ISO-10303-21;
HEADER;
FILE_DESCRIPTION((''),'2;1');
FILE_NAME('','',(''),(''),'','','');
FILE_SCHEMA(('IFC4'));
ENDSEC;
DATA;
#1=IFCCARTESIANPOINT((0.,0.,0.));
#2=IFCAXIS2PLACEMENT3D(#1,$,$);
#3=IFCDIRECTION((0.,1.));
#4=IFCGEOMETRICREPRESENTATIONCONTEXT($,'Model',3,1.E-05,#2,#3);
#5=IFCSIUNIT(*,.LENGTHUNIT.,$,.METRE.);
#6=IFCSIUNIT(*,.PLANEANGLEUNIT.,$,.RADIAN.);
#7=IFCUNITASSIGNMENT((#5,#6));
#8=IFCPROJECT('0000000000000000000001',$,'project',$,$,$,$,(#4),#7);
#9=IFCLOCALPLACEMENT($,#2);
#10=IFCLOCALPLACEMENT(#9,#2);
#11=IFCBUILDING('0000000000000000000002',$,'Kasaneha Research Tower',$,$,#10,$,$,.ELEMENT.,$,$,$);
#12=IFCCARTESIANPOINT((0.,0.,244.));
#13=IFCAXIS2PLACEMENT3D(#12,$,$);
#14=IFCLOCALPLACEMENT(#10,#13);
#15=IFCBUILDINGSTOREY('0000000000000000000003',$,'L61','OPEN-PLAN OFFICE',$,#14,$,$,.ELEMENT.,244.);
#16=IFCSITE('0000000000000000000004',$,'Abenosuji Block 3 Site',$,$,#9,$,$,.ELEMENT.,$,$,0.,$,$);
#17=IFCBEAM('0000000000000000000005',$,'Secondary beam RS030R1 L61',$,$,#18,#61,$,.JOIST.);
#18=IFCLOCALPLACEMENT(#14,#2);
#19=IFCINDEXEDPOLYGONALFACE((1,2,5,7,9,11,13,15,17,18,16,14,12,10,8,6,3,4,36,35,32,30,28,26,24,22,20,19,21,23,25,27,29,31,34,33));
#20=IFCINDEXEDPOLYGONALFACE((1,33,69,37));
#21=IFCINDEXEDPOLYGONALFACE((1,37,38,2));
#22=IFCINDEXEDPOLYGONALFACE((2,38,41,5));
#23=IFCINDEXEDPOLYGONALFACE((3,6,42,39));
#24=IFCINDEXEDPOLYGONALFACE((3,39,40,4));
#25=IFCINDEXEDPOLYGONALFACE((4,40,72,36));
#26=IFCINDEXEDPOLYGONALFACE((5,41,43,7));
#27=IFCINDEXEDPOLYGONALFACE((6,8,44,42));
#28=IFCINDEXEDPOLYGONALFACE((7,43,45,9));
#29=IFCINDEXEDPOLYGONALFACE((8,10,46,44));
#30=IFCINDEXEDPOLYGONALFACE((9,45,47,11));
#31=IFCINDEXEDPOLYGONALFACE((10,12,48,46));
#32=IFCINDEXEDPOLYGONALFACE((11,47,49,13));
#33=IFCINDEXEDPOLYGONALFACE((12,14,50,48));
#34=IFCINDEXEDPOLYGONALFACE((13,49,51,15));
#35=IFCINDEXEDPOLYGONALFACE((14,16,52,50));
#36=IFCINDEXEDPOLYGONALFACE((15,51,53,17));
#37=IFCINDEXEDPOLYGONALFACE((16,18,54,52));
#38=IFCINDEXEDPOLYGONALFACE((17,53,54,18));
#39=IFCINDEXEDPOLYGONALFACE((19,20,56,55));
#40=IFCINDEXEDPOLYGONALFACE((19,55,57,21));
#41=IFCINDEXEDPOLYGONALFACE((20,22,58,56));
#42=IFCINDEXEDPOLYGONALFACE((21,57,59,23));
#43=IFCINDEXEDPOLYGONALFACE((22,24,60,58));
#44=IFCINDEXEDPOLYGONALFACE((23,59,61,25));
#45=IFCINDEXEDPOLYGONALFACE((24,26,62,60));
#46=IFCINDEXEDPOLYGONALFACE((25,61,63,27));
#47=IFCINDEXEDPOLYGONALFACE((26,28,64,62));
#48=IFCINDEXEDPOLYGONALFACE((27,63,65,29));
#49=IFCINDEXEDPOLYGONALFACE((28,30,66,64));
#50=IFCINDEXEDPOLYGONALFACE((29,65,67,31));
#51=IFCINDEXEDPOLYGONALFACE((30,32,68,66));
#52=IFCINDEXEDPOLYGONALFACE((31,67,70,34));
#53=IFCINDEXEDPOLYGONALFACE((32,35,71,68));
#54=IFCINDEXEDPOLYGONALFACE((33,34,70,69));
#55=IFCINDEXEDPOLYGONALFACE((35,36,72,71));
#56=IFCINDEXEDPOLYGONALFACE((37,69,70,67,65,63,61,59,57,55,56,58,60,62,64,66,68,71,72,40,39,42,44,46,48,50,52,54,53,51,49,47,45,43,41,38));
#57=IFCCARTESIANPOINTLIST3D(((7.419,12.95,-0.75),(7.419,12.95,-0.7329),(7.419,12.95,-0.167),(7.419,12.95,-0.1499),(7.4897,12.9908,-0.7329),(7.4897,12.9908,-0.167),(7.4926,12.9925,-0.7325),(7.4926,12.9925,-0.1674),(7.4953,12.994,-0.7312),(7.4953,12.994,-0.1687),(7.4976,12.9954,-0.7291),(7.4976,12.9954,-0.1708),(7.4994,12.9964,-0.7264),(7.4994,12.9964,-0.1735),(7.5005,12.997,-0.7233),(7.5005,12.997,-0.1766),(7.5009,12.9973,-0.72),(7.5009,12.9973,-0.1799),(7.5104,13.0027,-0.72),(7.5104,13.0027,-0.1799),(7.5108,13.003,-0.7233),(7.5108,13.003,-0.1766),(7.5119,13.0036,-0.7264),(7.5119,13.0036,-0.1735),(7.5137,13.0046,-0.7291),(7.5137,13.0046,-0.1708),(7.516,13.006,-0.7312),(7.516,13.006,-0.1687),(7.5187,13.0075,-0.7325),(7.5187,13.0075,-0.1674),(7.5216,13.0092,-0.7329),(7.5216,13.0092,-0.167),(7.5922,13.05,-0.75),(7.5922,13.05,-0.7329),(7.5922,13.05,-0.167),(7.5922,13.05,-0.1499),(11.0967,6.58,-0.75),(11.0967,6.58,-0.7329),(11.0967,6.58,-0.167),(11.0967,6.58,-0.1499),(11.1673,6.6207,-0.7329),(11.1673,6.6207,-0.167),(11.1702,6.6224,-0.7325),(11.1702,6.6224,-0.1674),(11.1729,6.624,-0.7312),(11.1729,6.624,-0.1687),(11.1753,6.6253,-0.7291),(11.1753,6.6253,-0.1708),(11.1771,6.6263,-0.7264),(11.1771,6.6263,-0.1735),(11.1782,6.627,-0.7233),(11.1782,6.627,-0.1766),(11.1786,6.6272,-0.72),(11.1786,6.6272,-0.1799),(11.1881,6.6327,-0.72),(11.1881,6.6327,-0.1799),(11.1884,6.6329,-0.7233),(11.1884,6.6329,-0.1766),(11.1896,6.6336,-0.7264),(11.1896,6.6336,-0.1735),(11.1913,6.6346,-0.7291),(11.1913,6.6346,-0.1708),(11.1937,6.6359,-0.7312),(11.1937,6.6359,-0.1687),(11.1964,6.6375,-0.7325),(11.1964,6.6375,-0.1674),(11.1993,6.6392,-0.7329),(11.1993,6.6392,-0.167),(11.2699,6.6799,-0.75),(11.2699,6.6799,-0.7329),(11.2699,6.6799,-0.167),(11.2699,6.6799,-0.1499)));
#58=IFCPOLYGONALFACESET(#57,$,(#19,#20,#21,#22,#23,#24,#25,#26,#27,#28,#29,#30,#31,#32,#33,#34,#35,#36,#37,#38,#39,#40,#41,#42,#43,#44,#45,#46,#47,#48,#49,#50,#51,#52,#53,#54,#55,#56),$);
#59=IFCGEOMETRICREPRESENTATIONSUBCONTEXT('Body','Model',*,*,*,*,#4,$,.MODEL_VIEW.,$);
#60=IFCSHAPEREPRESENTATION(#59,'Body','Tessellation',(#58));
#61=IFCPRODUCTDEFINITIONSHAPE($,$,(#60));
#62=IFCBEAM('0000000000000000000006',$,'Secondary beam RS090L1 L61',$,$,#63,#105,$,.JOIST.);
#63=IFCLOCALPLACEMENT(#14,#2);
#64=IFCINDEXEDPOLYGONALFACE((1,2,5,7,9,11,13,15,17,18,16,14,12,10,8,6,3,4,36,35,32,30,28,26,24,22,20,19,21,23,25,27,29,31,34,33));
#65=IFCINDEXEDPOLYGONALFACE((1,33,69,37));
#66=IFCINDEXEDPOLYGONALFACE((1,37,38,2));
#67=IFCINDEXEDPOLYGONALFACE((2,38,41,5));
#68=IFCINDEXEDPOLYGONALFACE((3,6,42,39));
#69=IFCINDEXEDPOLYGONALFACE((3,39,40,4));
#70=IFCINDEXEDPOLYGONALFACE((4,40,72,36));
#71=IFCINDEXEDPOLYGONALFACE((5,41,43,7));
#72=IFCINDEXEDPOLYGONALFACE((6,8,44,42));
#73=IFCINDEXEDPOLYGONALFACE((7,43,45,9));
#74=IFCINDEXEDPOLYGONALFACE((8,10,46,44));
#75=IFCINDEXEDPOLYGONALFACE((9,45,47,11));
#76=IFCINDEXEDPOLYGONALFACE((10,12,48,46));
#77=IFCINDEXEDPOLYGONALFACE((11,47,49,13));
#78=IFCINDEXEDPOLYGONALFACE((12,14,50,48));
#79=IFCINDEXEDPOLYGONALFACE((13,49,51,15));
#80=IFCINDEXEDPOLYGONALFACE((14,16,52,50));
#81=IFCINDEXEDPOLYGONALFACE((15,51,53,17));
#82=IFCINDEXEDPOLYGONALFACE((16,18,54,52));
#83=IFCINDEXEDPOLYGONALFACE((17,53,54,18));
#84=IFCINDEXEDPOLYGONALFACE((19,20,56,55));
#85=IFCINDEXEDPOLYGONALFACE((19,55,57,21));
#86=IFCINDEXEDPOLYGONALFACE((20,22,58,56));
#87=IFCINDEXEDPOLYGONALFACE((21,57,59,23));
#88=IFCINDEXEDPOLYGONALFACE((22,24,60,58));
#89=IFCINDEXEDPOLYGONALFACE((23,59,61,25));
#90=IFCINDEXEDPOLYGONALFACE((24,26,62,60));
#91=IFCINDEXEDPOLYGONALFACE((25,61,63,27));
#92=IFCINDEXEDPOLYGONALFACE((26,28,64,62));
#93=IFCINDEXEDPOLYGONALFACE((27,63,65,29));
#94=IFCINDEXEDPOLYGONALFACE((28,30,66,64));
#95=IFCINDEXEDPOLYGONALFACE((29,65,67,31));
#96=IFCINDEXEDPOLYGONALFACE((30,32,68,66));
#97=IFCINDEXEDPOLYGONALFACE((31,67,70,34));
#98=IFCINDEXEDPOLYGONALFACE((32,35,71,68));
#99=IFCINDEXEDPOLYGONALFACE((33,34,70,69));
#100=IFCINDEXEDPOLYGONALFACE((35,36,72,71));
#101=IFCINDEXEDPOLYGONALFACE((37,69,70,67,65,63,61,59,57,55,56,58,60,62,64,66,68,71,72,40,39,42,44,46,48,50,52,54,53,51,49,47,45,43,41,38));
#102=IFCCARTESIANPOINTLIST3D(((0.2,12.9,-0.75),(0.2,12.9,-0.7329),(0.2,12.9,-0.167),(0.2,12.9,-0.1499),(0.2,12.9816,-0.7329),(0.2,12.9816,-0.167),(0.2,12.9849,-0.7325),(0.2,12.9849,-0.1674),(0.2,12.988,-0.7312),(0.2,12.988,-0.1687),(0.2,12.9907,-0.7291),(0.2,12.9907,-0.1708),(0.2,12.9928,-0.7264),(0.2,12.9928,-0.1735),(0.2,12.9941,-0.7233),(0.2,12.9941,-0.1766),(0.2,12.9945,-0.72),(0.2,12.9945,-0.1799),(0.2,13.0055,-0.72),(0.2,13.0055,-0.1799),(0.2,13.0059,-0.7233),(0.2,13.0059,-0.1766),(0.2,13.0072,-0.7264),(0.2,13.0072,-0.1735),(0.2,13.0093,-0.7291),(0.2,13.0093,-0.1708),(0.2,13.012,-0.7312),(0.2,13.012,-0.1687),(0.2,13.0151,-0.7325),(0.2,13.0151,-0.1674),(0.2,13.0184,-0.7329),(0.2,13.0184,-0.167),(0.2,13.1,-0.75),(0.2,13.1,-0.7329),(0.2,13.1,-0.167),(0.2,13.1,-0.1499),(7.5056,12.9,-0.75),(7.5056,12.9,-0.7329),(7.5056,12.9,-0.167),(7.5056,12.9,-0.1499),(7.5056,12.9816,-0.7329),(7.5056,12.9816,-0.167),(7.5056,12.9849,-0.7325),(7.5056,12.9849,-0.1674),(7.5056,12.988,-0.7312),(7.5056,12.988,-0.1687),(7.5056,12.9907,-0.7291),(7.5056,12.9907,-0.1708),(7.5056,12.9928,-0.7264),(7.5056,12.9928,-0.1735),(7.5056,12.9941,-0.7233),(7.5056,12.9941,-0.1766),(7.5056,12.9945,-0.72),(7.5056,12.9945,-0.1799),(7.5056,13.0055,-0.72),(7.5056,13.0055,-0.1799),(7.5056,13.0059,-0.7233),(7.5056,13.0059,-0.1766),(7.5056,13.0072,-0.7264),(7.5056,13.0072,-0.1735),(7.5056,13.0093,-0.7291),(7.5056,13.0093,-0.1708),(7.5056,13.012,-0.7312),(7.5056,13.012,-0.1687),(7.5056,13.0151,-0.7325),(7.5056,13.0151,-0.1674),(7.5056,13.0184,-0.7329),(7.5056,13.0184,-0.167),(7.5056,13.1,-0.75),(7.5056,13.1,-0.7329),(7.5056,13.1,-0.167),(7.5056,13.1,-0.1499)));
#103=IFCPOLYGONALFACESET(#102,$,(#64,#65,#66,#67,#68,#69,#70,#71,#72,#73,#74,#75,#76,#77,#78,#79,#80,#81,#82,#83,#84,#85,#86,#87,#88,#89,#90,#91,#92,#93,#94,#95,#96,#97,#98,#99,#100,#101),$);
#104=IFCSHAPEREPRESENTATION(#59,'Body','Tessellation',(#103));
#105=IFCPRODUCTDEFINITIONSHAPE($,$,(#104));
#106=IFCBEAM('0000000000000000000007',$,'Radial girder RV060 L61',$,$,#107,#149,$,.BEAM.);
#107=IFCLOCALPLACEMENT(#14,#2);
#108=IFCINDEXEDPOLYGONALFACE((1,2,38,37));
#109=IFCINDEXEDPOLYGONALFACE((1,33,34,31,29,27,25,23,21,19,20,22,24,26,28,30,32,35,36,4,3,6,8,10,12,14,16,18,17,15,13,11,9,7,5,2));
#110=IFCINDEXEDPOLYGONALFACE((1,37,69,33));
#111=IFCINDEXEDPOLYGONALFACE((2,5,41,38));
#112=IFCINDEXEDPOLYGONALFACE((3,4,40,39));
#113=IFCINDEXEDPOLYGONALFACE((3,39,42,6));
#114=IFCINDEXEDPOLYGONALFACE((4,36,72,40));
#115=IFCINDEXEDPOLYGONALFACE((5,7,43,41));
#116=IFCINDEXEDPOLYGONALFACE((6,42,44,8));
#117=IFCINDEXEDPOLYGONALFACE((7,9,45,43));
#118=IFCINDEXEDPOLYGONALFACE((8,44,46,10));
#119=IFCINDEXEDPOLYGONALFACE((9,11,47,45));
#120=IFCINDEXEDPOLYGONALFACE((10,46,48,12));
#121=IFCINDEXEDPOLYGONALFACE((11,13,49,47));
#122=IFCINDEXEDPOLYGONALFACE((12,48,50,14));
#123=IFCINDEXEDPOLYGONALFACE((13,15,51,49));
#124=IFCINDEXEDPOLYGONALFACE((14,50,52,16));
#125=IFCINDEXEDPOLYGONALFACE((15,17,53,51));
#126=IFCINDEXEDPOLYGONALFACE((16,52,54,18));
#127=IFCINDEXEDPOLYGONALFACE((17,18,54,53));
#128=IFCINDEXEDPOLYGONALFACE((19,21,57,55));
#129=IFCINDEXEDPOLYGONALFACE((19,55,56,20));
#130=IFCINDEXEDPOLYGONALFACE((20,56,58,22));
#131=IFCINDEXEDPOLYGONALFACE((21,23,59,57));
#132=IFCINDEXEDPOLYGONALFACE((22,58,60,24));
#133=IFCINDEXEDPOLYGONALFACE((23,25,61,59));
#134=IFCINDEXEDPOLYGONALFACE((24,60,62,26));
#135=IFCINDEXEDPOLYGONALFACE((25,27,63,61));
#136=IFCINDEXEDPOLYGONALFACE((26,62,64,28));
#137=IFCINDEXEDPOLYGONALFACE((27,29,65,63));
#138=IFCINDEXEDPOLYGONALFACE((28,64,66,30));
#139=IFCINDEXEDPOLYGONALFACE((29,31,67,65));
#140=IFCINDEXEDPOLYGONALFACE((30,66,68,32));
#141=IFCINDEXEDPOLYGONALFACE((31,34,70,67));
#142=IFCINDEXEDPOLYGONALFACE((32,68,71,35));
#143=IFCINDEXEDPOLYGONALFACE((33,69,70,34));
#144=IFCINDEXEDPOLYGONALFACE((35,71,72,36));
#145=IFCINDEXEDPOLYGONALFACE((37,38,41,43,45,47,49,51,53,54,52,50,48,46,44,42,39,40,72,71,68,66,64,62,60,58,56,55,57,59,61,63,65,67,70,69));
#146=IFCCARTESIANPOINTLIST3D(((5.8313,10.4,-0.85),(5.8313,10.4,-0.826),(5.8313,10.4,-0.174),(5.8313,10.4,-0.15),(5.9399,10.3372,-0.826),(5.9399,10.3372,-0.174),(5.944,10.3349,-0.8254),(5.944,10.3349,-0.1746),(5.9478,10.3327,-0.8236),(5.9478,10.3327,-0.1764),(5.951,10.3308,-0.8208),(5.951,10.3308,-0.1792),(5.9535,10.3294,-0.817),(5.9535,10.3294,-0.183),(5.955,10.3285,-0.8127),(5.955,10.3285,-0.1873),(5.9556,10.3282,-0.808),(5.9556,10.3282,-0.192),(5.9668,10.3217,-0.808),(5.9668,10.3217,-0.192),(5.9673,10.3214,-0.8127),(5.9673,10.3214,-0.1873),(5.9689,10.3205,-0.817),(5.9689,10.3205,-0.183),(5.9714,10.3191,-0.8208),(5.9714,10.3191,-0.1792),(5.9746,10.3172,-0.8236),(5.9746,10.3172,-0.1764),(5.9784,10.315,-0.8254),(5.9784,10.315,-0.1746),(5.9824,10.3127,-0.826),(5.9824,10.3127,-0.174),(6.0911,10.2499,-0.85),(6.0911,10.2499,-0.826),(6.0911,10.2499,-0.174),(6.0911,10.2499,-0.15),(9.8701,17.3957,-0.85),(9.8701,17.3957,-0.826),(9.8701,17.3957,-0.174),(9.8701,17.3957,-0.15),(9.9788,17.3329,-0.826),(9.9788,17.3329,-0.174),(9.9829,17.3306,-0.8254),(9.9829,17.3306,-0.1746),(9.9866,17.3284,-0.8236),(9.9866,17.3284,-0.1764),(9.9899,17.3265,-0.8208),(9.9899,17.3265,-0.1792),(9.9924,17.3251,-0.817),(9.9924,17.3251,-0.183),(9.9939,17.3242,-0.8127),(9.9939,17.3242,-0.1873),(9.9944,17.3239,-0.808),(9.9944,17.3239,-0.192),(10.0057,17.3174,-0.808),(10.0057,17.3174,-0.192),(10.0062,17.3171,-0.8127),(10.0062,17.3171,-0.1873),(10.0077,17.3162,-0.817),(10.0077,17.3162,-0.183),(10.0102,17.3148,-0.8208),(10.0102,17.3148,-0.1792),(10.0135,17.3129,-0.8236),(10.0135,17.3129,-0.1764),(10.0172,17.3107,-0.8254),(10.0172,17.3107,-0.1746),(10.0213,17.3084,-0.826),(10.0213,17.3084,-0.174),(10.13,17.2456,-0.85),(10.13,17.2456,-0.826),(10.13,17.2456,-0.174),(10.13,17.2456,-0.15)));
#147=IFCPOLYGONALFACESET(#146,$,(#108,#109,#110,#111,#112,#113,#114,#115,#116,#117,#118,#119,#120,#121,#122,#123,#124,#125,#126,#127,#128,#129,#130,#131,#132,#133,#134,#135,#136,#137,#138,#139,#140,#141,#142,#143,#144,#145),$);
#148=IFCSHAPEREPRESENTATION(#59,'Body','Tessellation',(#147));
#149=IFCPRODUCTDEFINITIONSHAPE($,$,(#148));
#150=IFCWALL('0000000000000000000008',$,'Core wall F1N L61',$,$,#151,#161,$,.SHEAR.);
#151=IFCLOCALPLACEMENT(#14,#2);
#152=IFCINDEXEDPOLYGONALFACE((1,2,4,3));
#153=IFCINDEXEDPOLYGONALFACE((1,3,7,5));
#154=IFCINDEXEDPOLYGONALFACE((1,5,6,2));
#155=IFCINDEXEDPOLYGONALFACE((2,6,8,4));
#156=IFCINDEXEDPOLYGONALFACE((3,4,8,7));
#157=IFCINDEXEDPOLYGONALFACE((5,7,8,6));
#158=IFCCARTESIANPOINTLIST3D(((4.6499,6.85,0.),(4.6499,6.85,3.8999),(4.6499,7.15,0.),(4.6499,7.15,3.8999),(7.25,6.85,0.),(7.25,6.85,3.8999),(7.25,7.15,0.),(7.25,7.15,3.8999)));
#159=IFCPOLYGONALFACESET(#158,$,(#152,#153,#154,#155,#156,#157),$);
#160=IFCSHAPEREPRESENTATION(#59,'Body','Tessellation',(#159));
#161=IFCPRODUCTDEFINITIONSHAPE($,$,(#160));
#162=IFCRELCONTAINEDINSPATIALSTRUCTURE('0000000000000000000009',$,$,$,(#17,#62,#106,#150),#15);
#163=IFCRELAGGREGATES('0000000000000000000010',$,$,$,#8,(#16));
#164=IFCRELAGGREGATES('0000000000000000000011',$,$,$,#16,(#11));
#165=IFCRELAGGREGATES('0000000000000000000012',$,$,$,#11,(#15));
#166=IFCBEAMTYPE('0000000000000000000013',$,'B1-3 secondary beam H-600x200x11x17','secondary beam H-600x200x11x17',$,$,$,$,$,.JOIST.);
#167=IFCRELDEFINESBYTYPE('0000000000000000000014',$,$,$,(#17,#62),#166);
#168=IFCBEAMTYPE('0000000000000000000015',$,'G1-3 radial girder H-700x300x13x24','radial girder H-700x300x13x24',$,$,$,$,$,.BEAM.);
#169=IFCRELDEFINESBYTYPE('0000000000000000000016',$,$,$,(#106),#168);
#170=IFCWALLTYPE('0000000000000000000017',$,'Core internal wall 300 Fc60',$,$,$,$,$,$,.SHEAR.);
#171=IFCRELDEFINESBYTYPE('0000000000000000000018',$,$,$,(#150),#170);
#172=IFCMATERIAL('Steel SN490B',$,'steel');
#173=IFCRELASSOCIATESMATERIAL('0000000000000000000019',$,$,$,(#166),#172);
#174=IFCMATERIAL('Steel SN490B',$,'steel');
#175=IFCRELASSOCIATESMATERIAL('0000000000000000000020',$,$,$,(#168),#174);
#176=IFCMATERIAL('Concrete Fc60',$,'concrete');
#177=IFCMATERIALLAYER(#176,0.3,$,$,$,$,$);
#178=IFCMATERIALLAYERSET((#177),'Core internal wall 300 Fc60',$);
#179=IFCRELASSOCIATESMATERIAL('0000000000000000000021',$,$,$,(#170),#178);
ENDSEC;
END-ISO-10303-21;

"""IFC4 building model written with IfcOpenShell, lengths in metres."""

from ifc_helpers import new_model, si_unit, direction, frame, frame_2d, origin, origin_2d, place, context, subcontext, project, spatial, rectangle, i_section, extrude, material, layer, layer_set, material_profile, profile_set, type_object, element, save


model = new_model("IFC4")

# Units and contexts
model_context = context("Model", 3, precision=1e-05, world=origin(), true_north=direction((0.0, 1.0)))
body_context = subcontext(model_context, "Body", "Model", "MODEL_VIEW")
ifc_project = project(units=[si_unit("LENGTHUNIT", "METRE"), si_unit("PLANEANGLEUNIT", "RADIAN")], contexts=[model_context])

# Site, building, storey
site_placement = place(None, origin())
site = spatial("IfcSite", under=ifc_project, at=site_placement, Name="Abenosuji Block 3 Site", CompositionType="ELEMENT", RefElevation=0.0)
building_placement = place(site_placement, origin())
building = spatial("IfcBuilding", under=site, at=building_placement, Name="Kasaneha Research Tower", CompositionType="ELEMENT")
storey_placement = place(building_placement, frame((0.0, 0.0, 244.0)))
storey = spatial("IfcBuildingStorey", under=building, at=storey_placement, Name="L61", Description="OPEN-PLAN OFFICE", CompositionType="ELEMENT", Elevation=244.0)

# Beams
ifc_material_1 = material(Name="Steel SN490B", Category="steel")
ifc_material_profile_1 = material_profile(ifc_material_1, i_section(OverallWidth=0.2, OverallDepth=0.6001, WebThickness=0.011, FlangeThickness=0.0171, FilletRadius=0.0129, at=origin_2d()), Name="H-600x200x11x17")
ifc_profile_set_1 = profile_set([ifc_material_profile_1], Name="Steel SN490B")
beam_type_1 = type_object("IfcBeamType", Name="B1-3 secondary beam H-600x200x11x17", Description="secondary beam H-600x200x11x17", PredefinedType="JOIST", material=ifc_profile_set_1)
beam_1_placement = place(storey_placement, frame((7.5056, 13.0, -0.45), z_axis=(0.499994, -0.866029, 0.0), x_axis=(0.866029, 0.499994, 0.0)))
element("IfcBeam", 1, at=beam_1_placement, inside=storey, type_object=beam_type_1, Name="Secondary beam RS030R1 L61", PredefinedType="JOIST", context=body_context, shape_type="SweptSolid", body=[
    extrude(i_section(OverallWidth=0.2, OverallDepth=0.6001, WebThickness=0.011, FlangeThickness=0.0171, FilletRadius=0.0129, at=origin_2d()), origin(), (0.0, 0.0, 1.0), 7.3555),
])
beam_2_placement = place(storey_placement, frame((7.5056, 13.0, -0.45), z_axis=(-1.0, 0.0, 0.0), x_axis=(0.0, -1.0, 0.0)))
element("IfcBeam", 2, at=beam_2_placement, inside=storey, type_object=beam_type_1, Name="Secondary beam RS090L1 L61", PredefinedType="JOIST", context=body_context, shape_type="SweptSolid", body=[
    extrude(i_section(OverallWidth=0.2, OverallDepth=0.6001, WebThickness=0.011, FlangeThickness=0.0171, FilletRadius=0.0129, at=origin_2d()), origin(), (0.0, 0.0, 1.0), 7.3057),
])
ifc_material_2 = material(Name="Steel SN490B", Category="steel")
ifc_material_profile_2 = material_profile(ifc_material_2, i_section(OverallWidth=0.3, OverallDepth=0.7, WebThickness=0.0129, FlangeThickness=0.0239, FilletRadius=0.0181, at=origin_2d()), Name="H-700x300x13x24")
ifc_profile_set_2 = profile_set([ifc_material_profile_2], Name="Steel SN490B")
beam_type_2 = type_object("IfcBeamType", Name="G1-3 radial girder H-700x300x13x24", Description="radial girder H-700x300x13x24", PredefinedType="BEAM", material=ifc_profile_set_2)
beam_3_placement = place(storey_placement, frame((5.9612, 10.325, -0.5), z_axis=(0.499991, 0.866031, 0.0), x_axis=(-0.866031, 0.499991, 0.0)))
element("IfcBeam", 3, at=beam_3_placement, inside=storey, type_object=beam_type_2, Name="Radial girder RV060 L61", PredefinedType="BEAM", context=body_context, shape_type="SweptSolid", body=[
    extrude(i_section(OverallWidth=0.3, OverallDepth=0.7, WebThickness=0.0129, FlangeThickness=0.0239, FilletRadius=0.0181, at=origin_2d()), origin(), (0.0, 0.0, 1.0), 8.0779),
])

# Wall
ifc_material_3 = material(Name="Concrete Fc60", Category="concrete")
ifc_layer_1 = layer(ifc_material_3, 0.3)
ifc_layer_set_1 = layer_set([ifc_layer_1], Name="Core internal wall 300 Fc60")
wall_type_1 = type_object("IfcWallType", Name="Core internal wall 300 Fc60", PredefinedType="SHEAR", material=ifc_layer_set_1)
wall_1_placement = place(storey_placement, frame((4.6499, 7.0, 0.0), z_axis=(0.0, 0.0, 1.0), x_axis=(1.0, 0.0, 0.0)))
element("IfcWall", 4, at=wall_1_placement, inside=storey, type_object=wall_type_1, Name="Core wall F1N L61", PredefinedType="SHEAR", context=body_context, shape_type="SweptSolid", body=[
    extrude(rectangle(XDim=2.6001, YDim=0.3, at=frame_2d((1.3, 0.0))), origin(), (0.0, 0.0, 1.0), 3.8999),
])

save(model, "model.ifc")
